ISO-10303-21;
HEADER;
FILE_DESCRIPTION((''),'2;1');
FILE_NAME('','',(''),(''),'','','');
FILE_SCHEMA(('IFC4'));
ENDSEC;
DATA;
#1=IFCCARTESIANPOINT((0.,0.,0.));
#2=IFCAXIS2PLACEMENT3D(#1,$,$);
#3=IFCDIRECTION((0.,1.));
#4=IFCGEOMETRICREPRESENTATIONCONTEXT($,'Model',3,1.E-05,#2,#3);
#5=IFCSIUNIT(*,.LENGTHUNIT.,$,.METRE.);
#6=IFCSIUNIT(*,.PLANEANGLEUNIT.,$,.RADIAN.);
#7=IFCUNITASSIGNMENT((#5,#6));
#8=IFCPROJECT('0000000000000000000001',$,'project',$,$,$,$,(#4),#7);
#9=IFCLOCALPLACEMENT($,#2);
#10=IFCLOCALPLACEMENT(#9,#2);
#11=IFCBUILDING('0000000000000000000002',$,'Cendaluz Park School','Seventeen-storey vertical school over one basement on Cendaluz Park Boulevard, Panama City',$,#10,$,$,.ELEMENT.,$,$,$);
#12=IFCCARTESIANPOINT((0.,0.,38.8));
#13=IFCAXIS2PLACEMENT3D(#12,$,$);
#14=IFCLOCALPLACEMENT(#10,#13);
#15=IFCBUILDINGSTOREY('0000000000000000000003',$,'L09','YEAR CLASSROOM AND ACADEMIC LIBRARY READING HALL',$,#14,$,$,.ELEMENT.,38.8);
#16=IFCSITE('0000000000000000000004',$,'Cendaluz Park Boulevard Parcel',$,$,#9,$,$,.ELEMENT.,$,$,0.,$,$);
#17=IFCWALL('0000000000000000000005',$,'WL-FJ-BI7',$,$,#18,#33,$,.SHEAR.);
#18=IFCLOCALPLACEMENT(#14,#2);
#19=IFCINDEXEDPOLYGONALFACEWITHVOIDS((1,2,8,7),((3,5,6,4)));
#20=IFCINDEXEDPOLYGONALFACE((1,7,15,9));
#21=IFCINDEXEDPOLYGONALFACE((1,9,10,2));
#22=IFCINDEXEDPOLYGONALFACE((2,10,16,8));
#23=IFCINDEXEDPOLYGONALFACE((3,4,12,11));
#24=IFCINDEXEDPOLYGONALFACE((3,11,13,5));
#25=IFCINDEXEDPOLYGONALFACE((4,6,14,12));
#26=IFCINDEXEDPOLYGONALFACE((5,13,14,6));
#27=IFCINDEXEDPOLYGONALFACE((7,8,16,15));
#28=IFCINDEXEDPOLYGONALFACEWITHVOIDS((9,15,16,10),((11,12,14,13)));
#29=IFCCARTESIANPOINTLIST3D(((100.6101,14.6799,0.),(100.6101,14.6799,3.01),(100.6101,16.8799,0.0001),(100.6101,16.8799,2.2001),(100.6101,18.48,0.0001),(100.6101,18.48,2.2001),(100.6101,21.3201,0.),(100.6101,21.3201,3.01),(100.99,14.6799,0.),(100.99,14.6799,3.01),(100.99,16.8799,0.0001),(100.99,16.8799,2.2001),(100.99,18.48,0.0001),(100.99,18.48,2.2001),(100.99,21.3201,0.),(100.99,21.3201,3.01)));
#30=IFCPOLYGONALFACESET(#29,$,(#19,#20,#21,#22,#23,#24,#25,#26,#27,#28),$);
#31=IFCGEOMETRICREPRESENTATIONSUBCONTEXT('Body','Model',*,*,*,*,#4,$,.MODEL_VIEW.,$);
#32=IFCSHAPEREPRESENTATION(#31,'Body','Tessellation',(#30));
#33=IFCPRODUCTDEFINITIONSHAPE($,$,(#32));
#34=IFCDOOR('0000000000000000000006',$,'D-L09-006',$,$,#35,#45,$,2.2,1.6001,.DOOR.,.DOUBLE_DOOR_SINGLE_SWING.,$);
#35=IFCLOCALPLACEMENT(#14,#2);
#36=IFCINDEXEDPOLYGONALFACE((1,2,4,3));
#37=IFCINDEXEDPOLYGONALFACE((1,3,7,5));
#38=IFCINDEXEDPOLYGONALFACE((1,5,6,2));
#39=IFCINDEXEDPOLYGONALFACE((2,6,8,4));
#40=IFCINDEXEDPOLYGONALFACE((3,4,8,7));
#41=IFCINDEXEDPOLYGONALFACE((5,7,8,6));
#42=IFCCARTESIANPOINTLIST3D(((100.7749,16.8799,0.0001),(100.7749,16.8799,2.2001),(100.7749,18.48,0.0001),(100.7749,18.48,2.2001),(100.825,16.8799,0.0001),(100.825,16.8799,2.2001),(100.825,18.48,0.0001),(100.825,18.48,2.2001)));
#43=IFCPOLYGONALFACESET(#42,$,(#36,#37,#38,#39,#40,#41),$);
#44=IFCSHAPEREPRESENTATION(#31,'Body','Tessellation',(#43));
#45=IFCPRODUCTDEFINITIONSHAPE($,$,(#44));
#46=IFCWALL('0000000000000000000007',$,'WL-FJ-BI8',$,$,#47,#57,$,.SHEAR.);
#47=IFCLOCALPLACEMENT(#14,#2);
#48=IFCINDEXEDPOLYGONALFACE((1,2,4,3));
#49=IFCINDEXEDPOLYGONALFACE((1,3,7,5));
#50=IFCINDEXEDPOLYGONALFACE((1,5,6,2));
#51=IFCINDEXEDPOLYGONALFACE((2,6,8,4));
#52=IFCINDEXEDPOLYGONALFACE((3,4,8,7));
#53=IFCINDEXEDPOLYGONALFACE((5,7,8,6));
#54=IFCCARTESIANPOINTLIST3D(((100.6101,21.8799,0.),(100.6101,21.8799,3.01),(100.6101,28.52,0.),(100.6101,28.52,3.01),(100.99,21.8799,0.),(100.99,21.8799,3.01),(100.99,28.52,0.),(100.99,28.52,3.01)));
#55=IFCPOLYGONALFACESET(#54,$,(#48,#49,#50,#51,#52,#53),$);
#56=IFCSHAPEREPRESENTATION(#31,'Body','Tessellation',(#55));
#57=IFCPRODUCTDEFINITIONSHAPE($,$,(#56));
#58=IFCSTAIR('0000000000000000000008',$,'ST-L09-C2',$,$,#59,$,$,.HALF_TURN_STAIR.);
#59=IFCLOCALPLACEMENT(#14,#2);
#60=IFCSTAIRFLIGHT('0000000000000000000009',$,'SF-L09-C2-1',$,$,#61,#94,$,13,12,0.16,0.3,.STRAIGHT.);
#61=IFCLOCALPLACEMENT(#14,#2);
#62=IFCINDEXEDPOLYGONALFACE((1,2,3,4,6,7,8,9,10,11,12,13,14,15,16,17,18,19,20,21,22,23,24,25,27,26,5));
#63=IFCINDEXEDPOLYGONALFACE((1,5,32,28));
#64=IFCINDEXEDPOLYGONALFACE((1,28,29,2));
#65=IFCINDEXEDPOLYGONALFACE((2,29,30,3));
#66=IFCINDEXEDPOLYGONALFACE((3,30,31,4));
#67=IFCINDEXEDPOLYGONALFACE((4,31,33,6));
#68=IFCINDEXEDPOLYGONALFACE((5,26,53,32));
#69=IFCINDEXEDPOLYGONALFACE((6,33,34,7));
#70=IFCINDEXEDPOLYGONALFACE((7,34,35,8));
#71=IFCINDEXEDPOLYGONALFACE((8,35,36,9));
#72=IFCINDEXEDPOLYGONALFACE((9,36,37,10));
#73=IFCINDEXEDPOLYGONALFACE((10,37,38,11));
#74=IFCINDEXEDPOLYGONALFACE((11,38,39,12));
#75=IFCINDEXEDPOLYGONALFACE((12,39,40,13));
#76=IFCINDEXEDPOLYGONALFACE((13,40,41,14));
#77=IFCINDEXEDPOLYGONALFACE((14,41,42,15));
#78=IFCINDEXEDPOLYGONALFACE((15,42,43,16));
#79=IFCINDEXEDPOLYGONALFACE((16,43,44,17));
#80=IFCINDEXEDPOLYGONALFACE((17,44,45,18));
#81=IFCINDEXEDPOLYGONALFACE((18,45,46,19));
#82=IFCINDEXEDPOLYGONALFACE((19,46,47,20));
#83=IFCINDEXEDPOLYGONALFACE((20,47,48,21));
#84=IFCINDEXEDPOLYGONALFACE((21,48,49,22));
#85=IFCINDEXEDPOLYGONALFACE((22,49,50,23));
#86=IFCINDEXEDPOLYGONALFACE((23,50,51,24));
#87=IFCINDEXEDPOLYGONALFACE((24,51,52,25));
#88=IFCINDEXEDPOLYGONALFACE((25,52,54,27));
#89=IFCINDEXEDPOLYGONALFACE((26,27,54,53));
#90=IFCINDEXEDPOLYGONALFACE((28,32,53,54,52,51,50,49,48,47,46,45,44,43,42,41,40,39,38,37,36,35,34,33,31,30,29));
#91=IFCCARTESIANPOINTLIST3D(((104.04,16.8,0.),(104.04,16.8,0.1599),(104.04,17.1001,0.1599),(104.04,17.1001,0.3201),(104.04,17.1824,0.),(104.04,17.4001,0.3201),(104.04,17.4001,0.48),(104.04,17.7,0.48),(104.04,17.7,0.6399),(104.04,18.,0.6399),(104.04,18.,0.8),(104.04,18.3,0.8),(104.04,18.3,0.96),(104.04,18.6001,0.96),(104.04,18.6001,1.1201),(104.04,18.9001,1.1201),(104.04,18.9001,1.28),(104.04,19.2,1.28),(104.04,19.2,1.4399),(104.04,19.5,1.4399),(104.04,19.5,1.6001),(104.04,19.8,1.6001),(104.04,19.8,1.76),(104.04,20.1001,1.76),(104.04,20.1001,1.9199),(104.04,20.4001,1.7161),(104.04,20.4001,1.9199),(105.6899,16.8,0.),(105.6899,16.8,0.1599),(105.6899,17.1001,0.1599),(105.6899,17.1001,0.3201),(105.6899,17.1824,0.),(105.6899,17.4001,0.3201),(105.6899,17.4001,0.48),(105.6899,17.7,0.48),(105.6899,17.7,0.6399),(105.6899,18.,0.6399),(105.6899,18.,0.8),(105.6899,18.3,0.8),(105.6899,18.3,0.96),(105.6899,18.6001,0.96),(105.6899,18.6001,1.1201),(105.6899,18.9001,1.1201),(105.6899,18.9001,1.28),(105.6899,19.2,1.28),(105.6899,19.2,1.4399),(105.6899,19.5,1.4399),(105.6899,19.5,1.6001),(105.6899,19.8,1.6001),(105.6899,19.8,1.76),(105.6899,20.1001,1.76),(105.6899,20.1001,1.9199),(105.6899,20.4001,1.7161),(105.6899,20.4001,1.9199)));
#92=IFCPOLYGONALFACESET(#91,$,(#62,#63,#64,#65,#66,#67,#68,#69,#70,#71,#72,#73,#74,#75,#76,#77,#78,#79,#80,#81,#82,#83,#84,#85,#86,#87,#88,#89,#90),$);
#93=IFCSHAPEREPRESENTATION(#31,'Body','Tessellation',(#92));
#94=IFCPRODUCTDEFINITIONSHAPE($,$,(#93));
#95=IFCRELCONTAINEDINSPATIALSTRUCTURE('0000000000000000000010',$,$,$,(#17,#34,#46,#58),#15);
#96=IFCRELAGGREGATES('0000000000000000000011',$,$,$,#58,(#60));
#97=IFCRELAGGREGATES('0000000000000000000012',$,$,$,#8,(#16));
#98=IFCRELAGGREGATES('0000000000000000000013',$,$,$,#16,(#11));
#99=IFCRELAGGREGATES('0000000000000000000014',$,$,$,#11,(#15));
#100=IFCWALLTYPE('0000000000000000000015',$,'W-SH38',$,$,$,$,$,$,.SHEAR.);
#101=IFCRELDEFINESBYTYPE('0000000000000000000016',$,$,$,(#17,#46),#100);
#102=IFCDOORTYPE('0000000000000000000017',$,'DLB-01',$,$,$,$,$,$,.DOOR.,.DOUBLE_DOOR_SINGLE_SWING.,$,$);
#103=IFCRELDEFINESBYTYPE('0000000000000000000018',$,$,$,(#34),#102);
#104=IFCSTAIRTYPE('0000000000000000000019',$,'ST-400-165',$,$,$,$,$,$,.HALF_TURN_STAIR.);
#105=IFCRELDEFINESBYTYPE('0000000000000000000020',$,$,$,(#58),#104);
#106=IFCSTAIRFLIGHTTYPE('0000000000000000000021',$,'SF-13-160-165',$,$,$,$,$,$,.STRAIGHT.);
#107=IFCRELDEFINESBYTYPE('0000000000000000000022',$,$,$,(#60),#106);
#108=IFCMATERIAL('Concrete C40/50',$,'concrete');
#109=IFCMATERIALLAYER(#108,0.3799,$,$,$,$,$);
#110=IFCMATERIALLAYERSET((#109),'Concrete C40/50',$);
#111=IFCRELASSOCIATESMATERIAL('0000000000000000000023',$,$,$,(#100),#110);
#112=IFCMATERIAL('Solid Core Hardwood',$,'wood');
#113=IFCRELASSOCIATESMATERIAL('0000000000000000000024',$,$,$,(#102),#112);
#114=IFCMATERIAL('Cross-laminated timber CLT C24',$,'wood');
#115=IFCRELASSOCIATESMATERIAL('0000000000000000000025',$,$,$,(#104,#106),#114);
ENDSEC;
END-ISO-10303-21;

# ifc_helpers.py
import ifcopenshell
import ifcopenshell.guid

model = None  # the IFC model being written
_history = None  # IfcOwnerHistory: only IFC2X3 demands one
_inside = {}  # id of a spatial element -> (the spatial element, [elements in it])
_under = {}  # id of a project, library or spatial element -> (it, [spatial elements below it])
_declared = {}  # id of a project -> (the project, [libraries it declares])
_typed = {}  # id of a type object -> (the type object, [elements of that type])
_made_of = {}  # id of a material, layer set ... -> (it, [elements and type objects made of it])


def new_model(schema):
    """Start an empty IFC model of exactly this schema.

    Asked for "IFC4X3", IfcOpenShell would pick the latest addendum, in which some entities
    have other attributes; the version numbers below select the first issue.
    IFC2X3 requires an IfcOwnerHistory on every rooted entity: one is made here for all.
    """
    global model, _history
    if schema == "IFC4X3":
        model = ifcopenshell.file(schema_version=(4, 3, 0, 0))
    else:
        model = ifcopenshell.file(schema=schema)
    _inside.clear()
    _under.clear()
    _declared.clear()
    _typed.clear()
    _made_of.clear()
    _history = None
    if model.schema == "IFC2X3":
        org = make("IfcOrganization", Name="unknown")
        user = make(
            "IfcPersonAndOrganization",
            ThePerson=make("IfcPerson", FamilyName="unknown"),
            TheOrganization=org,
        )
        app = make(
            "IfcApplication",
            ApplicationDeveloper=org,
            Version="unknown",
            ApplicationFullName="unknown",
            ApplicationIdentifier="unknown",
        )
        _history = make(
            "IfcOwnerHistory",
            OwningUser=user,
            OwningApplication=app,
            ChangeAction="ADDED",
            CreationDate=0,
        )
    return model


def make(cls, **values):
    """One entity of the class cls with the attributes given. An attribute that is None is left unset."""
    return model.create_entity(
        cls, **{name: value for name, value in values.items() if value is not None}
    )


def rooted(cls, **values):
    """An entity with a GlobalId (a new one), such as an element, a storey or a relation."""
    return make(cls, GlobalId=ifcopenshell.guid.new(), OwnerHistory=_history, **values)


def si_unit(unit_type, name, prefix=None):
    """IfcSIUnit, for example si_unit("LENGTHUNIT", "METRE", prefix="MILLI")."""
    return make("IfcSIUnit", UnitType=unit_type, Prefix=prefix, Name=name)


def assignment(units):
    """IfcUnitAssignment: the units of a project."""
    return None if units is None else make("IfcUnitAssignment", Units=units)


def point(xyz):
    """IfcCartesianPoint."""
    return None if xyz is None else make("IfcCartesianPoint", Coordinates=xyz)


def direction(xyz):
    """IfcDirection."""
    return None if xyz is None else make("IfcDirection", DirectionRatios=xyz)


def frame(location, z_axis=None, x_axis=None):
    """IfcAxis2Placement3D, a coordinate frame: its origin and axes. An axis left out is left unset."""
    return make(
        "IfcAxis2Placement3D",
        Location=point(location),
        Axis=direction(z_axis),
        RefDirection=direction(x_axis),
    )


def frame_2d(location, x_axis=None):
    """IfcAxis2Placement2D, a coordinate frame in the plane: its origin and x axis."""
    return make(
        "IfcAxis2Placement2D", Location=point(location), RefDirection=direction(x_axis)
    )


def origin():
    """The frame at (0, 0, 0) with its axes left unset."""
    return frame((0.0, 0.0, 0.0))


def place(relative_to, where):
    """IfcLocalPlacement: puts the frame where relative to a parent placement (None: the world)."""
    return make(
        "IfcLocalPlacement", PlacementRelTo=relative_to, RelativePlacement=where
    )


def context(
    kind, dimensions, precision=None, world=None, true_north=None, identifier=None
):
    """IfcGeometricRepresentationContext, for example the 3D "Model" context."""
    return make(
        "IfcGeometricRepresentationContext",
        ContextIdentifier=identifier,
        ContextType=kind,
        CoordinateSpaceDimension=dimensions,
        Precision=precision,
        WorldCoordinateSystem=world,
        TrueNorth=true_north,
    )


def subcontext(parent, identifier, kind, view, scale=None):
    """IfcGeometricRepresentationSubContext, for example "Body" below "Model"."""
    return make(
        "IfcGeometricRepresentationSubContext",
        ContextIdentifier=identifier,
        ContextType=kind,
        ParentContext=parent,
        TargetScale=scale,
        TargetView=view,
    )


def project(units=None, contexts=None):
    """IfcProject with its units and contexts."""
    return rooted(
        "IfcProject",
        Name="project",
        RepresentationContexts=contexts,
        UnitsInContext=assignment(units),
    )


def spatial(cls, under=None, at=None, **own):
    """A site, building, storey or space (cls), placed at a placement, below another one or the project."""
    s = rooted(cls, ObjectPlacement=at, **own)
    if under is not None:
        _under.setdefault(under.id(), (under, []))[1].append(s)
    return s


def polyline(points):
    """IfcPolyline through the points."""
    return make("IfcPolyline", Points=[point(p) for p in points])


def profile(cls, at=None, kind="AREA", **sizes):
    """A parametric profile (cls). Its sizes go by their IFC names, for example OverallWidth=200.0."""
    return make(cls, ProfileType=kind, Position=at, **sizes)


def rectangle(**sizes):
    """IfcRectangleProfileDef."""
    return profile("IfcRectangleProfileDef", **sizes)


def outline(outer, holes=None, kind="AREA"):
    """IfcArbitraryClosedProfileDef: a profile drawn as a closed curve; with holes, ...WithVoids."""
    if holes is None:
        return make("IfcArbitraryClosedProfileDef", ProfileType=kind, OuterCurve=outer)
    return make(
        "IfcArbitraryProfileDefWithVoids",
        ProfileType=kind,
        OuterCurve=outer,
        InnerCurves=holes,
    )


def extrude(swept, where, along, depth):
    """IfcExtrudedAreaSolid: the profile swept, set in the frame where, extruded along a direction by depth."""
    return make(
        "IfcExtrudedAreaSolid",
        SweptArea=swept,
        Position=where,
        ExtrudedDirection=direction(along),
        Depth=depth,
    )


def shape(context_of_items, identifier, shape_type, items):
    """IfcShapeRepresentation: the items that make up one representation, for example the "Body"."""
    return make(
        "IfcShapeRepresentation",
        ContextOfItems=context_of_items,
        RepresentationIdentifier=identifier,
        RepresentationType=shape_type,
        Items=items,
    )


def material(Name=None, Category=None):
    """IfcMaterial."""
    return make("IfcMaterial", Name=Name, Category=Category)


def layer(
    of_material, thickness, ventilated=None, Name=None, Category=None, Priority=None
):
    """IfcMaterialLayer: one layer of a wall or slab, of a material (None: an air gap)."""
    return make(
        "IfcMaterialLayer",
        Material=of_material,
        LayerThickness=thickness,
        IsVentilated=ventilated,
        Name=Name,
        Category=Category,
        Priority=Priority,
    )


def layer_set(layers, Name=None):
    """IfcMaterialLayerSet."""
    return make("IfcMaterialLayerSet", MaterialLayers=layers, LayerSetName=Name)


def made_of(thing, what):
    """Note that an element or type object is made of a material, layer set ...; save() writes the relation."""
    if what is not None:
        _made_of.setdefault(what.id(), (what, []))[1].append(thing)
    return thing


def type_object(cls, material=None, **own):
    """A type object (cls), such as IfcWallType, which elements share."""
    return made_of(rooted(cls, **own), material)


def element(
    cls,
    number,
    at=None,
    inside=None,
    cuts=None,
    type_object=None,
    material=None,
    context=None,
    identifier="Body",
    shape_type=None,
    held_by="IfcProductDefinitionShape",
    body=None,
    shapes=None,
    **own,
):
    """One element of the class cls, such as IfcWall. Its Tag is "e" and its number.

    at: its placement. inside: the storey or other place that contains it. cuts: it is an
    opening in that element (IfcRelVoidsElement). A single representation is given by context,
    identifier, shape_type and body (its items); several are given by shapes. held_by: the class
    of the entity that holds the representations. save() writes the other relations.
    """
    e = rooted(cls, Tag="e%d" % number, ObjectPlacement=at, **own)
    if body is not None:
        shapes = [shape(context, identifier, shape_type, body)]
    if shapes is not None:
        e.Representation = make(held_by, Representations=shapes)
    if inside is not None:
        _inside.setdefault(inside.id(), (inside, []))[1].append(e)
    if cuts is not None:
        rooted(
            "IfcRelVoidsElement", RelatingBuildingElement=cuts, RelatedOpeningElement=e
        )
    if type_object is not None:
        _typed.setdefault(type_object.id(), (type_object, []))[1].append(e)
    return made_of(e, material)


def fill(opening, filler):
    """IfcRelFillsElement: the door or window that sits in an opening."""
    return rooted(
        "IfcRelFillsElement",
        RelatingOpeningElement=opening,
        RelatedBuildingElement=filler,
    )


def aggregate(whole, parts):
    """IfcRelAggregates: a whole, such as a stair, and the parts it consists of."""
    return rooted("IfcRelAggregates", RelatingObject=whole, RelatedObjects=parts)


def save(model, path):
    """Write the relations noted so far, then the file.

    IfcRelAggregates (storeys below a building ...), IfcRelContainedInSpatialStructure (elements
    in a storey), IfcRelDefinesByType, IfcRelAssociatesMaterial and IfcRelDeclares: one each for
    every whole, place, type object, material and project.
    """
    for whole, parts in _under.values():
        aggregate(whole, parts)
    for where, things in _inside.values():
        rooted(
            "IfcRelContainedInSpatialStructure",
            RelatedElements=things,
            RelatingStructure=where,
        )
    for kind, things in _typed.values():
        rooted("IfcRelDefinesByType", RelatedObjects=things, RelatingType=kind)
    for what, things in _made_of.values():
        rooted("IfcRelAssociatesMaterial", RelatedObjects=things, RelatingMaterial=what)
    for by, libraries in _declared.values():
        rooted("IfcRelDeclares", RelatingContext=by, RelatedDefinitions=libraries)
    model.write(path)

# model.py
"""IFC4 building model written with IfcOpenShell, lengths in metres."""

from ifc_helpers import new_model, si_unit, direction, frame, frame_2d, origin, place, context, subcontext, project, spatial, polyline, rectangle, outline, extrude, material, layer, layer_set, type_object, element, fill, aggregate, save


model = new_model("IFC4")

# Units and contexts
model_context = context("Model", 3, precision=1e-05, world=origin(), true_north=direction((0.0, 1.0)))
body_context = subcontext(model_context, "Body", "Model", "MODEL_VIEW")
ifc_project = project(units=[si_unit("LENGTHUNIT", "METRE"), si_unit("PLANEANGLEUNIT", "RADIAN")], contexts=[model_context])

# Site, building, storey
site_placement = place(None, origin())
site = spatial("IfcSite", under=ifc_project, at=site_placement, Name="Cendaluz Park Boulevard Parcel", CompositionType="ELEMENT", RefElevation=0.0)
building_placement = place(site_placement, origin())
building = spatial("IfcBuilding", under=site, at=building_placement, Name="Cendaluz Park School", Description="Seventeen-storey vertical school over one basement on Cendaluz Park Boulevard, Panama City", CompositionType="ELEMENT")
storey_placement = place(building_placement, frame((0.0, 0.0, 38.8)))
storey = spatial("IfcBuildingStorey", under=building, at=storey_placement, Name="L09", Description="YEAR CLASSROOM AND ACADEMIC LIBRARY READING HALL", CompositionType="ELEMENT", Elevation=38.8)

# Shared definitions
ifc_material_1 = material(Name="Solid Core Hardwood", Category="wood")

# Shared definitions
ifc_material_2 = material(Name="Concrete C40/50", Category="concrete")

# Wall, opening, door
ifc_layer_1 = layer(ifc_material_2, 0.3799)
ifc_layer_set_1 = layer_set([ifc_layer_1], Name="Concrete C40/50")
wall_type_1 = type_object("IfcWallType", Name="W-SH38", PredefinedType="SHEAR", material=ifc_layer_set_1)
wall_1_placement = place(storey_placement, frame((100.8, 14.6799, 0.0), z_axis=(0.0, 0.0, 1.0), x_axis=(0.0, 1.0, 0.0)))
wall_1 = element("IfcWall", 1, at=wall_1_placement, inside=storey, type_object=wall_type_1, Name="WL-FJ-BI7", PredefinedType="SHEAR", context=body_context, shape_type="SweptSolid", body=[
    extrude(rectangle(XDim=6.6401, YDim=0.3799, at=frame_2d((3.3201, 0.0))), origin(), (0.0, 0.0, 1.0), 3.01),
])
opening_1_placement = place(wall_1_placement, frame((2.2, 0.0, 0.0)))
opening_1 = element("IfcOpeningElement", 2, at=opening_1_placement, cuts=wall_1, PredefinedType="OPENING", context=body_context, shape_type="SweptSolid", body=[
    extrude(rectangle(XDim=1.6001, YDim=2.2, at=frame_2d((0.8, 1.1001))), frame((0.0, 0.2019, 0.0), z_axis=(0.0, -1.0, 0.0), x_axis=(1.0, 0.0, 0.0)), (0.0, 0.0, 1.0), 0.4038),
])
door_type_1 = type_object("IfcDoorType", Name="DLB-01", OperationType="DOUBLE_DOOR_SINGLE_SWING", PredefinedType="DOOR", material=ifc_material_1)
door_1_placement = place(opening_1_placement, frame((1.6001, 0.0, 0.0), z_axis=(0.0, 0.0, 1.0), x_axis=(-1.0, 0.0, 0.0)))
door_1 = element("IfcDoor", 3, at=door_1_placement, inside=storey, type_object=door_type_1, Name="D-L09-006", OperationType="DOUBLE_DOOR_SINGLE_SWING", OverallHeight=2.2, OverallWidth=1.6001, PredefinedType="DOOR", context=body_context, shape_type="SweptSolid", body=[
    extrude(rectangle(XDim=1.6001, YDim=2.2, at=frame_2d((0.8, 1.1001))), frame((0.0, 0.0249, 0.0), z_axis=(0.0, -1.0, 0.0), x_axis=(1.0, 0.0, 0.0)), (0.0, 0.0, 1.0), 0.05),
])
fill(opening_1, door_1)

# Wall
wall_2_placement = place(storey_placement, frame((100.8, 21.8799, 0.0), z_axis=(0.0, 0.0, 1.0), x_axis=(0.0, 1.0, 0.0)))
element("IfcWall", 4, at=wall_2_placement, inside=storey, type_object=wall_type_1, Name="WL-FJ-BI8", PredefinedType="SHEAR", context=body_context, shape_type="SweptSolid", body=[
    extrude(rectangle(XDim=6.6401, YDim=0.3799, at=frame_2d((3.3201, 0.0))), origin(), (0.0, 0.0, 1.0), 3.01),
])

# Stair, stair flight
ifc_material_3 = material(Name="Cross-laminated timber CLT C24", Category="wood")
stair_type = type_object("IfcStairType", Name="ST-400-165", PredefinedType="HALF_TURN_STAIR", material=ifc_material_3)
stair_placement = place(storey_placement, origin())
stair = element("IfcStair", 5, at=stair_placement, inside=storey, type_object=stair_type, Name="ST-L09-C2", PredefinedType="HALF_TURN_STAIR")
stair_flight_type = type_object("IfcStairFlightType", Name="SF-13-160-165", PredefinedType="STRAIGHT", material=ifc_material_3)
stair_flight_placement = place(storey_placement, frame((104.865, 16.8, 0.0), z_axis=(0.0, 0.0, 1.0), x_axis=(0.0, 1.0, 0.0)))
stair_flight = element("IfcStairFlight", 6, at=stair_flight_placement, type_object=stair_flight_type, Name="SF-L09-C2-1", NumberOfRisers=13, NumberOfTreads=12, PredefinedType="STRAIGHT", RiserHeight=0.16, TreadLength=0.3, context=body_context, shape_type="SweptSolid", body=[
    extrude(outline(polyline([(0.0, 0.0), (0.0, 0.1599), (0.3, 0.1599), (0.3, 0.3201), (0.6001, 0.3201), (0.6001, 0.48), (0.8999, 0.48), (0.8999, 0.6399), (1.2, 0.6399), (1.2, 0.8), (1.5, 0.8), (1.5, 0.96), (1.8, 0.96), (1.8, 1.1201), (2.1001, 1.1201), (2.1001, 1.28), (2.3999, 1.28), (2.3999, 1.4399), (2.7, 1.4399), (2.7, 1.6001), (3.0, 1.6001), (3.0, 1.76), (3.3, 1.76), (3.3, 1.9199), (3.6001, 1.9199), (3.6001, 2.0801), (3.6001, 1.7161), (0.3823, 0.0), (0.0, 0.0)])), frame((0.0, 0.825, 0.0), z_axis=(0.0, -1.0, 0.0), x_axis=(1.0, 0.0, 0.0)), (0.0, 0.0, 1.0), 1.6499),
])
aggregate(stair, [stair_flight])

save(model, "model.ifc")
